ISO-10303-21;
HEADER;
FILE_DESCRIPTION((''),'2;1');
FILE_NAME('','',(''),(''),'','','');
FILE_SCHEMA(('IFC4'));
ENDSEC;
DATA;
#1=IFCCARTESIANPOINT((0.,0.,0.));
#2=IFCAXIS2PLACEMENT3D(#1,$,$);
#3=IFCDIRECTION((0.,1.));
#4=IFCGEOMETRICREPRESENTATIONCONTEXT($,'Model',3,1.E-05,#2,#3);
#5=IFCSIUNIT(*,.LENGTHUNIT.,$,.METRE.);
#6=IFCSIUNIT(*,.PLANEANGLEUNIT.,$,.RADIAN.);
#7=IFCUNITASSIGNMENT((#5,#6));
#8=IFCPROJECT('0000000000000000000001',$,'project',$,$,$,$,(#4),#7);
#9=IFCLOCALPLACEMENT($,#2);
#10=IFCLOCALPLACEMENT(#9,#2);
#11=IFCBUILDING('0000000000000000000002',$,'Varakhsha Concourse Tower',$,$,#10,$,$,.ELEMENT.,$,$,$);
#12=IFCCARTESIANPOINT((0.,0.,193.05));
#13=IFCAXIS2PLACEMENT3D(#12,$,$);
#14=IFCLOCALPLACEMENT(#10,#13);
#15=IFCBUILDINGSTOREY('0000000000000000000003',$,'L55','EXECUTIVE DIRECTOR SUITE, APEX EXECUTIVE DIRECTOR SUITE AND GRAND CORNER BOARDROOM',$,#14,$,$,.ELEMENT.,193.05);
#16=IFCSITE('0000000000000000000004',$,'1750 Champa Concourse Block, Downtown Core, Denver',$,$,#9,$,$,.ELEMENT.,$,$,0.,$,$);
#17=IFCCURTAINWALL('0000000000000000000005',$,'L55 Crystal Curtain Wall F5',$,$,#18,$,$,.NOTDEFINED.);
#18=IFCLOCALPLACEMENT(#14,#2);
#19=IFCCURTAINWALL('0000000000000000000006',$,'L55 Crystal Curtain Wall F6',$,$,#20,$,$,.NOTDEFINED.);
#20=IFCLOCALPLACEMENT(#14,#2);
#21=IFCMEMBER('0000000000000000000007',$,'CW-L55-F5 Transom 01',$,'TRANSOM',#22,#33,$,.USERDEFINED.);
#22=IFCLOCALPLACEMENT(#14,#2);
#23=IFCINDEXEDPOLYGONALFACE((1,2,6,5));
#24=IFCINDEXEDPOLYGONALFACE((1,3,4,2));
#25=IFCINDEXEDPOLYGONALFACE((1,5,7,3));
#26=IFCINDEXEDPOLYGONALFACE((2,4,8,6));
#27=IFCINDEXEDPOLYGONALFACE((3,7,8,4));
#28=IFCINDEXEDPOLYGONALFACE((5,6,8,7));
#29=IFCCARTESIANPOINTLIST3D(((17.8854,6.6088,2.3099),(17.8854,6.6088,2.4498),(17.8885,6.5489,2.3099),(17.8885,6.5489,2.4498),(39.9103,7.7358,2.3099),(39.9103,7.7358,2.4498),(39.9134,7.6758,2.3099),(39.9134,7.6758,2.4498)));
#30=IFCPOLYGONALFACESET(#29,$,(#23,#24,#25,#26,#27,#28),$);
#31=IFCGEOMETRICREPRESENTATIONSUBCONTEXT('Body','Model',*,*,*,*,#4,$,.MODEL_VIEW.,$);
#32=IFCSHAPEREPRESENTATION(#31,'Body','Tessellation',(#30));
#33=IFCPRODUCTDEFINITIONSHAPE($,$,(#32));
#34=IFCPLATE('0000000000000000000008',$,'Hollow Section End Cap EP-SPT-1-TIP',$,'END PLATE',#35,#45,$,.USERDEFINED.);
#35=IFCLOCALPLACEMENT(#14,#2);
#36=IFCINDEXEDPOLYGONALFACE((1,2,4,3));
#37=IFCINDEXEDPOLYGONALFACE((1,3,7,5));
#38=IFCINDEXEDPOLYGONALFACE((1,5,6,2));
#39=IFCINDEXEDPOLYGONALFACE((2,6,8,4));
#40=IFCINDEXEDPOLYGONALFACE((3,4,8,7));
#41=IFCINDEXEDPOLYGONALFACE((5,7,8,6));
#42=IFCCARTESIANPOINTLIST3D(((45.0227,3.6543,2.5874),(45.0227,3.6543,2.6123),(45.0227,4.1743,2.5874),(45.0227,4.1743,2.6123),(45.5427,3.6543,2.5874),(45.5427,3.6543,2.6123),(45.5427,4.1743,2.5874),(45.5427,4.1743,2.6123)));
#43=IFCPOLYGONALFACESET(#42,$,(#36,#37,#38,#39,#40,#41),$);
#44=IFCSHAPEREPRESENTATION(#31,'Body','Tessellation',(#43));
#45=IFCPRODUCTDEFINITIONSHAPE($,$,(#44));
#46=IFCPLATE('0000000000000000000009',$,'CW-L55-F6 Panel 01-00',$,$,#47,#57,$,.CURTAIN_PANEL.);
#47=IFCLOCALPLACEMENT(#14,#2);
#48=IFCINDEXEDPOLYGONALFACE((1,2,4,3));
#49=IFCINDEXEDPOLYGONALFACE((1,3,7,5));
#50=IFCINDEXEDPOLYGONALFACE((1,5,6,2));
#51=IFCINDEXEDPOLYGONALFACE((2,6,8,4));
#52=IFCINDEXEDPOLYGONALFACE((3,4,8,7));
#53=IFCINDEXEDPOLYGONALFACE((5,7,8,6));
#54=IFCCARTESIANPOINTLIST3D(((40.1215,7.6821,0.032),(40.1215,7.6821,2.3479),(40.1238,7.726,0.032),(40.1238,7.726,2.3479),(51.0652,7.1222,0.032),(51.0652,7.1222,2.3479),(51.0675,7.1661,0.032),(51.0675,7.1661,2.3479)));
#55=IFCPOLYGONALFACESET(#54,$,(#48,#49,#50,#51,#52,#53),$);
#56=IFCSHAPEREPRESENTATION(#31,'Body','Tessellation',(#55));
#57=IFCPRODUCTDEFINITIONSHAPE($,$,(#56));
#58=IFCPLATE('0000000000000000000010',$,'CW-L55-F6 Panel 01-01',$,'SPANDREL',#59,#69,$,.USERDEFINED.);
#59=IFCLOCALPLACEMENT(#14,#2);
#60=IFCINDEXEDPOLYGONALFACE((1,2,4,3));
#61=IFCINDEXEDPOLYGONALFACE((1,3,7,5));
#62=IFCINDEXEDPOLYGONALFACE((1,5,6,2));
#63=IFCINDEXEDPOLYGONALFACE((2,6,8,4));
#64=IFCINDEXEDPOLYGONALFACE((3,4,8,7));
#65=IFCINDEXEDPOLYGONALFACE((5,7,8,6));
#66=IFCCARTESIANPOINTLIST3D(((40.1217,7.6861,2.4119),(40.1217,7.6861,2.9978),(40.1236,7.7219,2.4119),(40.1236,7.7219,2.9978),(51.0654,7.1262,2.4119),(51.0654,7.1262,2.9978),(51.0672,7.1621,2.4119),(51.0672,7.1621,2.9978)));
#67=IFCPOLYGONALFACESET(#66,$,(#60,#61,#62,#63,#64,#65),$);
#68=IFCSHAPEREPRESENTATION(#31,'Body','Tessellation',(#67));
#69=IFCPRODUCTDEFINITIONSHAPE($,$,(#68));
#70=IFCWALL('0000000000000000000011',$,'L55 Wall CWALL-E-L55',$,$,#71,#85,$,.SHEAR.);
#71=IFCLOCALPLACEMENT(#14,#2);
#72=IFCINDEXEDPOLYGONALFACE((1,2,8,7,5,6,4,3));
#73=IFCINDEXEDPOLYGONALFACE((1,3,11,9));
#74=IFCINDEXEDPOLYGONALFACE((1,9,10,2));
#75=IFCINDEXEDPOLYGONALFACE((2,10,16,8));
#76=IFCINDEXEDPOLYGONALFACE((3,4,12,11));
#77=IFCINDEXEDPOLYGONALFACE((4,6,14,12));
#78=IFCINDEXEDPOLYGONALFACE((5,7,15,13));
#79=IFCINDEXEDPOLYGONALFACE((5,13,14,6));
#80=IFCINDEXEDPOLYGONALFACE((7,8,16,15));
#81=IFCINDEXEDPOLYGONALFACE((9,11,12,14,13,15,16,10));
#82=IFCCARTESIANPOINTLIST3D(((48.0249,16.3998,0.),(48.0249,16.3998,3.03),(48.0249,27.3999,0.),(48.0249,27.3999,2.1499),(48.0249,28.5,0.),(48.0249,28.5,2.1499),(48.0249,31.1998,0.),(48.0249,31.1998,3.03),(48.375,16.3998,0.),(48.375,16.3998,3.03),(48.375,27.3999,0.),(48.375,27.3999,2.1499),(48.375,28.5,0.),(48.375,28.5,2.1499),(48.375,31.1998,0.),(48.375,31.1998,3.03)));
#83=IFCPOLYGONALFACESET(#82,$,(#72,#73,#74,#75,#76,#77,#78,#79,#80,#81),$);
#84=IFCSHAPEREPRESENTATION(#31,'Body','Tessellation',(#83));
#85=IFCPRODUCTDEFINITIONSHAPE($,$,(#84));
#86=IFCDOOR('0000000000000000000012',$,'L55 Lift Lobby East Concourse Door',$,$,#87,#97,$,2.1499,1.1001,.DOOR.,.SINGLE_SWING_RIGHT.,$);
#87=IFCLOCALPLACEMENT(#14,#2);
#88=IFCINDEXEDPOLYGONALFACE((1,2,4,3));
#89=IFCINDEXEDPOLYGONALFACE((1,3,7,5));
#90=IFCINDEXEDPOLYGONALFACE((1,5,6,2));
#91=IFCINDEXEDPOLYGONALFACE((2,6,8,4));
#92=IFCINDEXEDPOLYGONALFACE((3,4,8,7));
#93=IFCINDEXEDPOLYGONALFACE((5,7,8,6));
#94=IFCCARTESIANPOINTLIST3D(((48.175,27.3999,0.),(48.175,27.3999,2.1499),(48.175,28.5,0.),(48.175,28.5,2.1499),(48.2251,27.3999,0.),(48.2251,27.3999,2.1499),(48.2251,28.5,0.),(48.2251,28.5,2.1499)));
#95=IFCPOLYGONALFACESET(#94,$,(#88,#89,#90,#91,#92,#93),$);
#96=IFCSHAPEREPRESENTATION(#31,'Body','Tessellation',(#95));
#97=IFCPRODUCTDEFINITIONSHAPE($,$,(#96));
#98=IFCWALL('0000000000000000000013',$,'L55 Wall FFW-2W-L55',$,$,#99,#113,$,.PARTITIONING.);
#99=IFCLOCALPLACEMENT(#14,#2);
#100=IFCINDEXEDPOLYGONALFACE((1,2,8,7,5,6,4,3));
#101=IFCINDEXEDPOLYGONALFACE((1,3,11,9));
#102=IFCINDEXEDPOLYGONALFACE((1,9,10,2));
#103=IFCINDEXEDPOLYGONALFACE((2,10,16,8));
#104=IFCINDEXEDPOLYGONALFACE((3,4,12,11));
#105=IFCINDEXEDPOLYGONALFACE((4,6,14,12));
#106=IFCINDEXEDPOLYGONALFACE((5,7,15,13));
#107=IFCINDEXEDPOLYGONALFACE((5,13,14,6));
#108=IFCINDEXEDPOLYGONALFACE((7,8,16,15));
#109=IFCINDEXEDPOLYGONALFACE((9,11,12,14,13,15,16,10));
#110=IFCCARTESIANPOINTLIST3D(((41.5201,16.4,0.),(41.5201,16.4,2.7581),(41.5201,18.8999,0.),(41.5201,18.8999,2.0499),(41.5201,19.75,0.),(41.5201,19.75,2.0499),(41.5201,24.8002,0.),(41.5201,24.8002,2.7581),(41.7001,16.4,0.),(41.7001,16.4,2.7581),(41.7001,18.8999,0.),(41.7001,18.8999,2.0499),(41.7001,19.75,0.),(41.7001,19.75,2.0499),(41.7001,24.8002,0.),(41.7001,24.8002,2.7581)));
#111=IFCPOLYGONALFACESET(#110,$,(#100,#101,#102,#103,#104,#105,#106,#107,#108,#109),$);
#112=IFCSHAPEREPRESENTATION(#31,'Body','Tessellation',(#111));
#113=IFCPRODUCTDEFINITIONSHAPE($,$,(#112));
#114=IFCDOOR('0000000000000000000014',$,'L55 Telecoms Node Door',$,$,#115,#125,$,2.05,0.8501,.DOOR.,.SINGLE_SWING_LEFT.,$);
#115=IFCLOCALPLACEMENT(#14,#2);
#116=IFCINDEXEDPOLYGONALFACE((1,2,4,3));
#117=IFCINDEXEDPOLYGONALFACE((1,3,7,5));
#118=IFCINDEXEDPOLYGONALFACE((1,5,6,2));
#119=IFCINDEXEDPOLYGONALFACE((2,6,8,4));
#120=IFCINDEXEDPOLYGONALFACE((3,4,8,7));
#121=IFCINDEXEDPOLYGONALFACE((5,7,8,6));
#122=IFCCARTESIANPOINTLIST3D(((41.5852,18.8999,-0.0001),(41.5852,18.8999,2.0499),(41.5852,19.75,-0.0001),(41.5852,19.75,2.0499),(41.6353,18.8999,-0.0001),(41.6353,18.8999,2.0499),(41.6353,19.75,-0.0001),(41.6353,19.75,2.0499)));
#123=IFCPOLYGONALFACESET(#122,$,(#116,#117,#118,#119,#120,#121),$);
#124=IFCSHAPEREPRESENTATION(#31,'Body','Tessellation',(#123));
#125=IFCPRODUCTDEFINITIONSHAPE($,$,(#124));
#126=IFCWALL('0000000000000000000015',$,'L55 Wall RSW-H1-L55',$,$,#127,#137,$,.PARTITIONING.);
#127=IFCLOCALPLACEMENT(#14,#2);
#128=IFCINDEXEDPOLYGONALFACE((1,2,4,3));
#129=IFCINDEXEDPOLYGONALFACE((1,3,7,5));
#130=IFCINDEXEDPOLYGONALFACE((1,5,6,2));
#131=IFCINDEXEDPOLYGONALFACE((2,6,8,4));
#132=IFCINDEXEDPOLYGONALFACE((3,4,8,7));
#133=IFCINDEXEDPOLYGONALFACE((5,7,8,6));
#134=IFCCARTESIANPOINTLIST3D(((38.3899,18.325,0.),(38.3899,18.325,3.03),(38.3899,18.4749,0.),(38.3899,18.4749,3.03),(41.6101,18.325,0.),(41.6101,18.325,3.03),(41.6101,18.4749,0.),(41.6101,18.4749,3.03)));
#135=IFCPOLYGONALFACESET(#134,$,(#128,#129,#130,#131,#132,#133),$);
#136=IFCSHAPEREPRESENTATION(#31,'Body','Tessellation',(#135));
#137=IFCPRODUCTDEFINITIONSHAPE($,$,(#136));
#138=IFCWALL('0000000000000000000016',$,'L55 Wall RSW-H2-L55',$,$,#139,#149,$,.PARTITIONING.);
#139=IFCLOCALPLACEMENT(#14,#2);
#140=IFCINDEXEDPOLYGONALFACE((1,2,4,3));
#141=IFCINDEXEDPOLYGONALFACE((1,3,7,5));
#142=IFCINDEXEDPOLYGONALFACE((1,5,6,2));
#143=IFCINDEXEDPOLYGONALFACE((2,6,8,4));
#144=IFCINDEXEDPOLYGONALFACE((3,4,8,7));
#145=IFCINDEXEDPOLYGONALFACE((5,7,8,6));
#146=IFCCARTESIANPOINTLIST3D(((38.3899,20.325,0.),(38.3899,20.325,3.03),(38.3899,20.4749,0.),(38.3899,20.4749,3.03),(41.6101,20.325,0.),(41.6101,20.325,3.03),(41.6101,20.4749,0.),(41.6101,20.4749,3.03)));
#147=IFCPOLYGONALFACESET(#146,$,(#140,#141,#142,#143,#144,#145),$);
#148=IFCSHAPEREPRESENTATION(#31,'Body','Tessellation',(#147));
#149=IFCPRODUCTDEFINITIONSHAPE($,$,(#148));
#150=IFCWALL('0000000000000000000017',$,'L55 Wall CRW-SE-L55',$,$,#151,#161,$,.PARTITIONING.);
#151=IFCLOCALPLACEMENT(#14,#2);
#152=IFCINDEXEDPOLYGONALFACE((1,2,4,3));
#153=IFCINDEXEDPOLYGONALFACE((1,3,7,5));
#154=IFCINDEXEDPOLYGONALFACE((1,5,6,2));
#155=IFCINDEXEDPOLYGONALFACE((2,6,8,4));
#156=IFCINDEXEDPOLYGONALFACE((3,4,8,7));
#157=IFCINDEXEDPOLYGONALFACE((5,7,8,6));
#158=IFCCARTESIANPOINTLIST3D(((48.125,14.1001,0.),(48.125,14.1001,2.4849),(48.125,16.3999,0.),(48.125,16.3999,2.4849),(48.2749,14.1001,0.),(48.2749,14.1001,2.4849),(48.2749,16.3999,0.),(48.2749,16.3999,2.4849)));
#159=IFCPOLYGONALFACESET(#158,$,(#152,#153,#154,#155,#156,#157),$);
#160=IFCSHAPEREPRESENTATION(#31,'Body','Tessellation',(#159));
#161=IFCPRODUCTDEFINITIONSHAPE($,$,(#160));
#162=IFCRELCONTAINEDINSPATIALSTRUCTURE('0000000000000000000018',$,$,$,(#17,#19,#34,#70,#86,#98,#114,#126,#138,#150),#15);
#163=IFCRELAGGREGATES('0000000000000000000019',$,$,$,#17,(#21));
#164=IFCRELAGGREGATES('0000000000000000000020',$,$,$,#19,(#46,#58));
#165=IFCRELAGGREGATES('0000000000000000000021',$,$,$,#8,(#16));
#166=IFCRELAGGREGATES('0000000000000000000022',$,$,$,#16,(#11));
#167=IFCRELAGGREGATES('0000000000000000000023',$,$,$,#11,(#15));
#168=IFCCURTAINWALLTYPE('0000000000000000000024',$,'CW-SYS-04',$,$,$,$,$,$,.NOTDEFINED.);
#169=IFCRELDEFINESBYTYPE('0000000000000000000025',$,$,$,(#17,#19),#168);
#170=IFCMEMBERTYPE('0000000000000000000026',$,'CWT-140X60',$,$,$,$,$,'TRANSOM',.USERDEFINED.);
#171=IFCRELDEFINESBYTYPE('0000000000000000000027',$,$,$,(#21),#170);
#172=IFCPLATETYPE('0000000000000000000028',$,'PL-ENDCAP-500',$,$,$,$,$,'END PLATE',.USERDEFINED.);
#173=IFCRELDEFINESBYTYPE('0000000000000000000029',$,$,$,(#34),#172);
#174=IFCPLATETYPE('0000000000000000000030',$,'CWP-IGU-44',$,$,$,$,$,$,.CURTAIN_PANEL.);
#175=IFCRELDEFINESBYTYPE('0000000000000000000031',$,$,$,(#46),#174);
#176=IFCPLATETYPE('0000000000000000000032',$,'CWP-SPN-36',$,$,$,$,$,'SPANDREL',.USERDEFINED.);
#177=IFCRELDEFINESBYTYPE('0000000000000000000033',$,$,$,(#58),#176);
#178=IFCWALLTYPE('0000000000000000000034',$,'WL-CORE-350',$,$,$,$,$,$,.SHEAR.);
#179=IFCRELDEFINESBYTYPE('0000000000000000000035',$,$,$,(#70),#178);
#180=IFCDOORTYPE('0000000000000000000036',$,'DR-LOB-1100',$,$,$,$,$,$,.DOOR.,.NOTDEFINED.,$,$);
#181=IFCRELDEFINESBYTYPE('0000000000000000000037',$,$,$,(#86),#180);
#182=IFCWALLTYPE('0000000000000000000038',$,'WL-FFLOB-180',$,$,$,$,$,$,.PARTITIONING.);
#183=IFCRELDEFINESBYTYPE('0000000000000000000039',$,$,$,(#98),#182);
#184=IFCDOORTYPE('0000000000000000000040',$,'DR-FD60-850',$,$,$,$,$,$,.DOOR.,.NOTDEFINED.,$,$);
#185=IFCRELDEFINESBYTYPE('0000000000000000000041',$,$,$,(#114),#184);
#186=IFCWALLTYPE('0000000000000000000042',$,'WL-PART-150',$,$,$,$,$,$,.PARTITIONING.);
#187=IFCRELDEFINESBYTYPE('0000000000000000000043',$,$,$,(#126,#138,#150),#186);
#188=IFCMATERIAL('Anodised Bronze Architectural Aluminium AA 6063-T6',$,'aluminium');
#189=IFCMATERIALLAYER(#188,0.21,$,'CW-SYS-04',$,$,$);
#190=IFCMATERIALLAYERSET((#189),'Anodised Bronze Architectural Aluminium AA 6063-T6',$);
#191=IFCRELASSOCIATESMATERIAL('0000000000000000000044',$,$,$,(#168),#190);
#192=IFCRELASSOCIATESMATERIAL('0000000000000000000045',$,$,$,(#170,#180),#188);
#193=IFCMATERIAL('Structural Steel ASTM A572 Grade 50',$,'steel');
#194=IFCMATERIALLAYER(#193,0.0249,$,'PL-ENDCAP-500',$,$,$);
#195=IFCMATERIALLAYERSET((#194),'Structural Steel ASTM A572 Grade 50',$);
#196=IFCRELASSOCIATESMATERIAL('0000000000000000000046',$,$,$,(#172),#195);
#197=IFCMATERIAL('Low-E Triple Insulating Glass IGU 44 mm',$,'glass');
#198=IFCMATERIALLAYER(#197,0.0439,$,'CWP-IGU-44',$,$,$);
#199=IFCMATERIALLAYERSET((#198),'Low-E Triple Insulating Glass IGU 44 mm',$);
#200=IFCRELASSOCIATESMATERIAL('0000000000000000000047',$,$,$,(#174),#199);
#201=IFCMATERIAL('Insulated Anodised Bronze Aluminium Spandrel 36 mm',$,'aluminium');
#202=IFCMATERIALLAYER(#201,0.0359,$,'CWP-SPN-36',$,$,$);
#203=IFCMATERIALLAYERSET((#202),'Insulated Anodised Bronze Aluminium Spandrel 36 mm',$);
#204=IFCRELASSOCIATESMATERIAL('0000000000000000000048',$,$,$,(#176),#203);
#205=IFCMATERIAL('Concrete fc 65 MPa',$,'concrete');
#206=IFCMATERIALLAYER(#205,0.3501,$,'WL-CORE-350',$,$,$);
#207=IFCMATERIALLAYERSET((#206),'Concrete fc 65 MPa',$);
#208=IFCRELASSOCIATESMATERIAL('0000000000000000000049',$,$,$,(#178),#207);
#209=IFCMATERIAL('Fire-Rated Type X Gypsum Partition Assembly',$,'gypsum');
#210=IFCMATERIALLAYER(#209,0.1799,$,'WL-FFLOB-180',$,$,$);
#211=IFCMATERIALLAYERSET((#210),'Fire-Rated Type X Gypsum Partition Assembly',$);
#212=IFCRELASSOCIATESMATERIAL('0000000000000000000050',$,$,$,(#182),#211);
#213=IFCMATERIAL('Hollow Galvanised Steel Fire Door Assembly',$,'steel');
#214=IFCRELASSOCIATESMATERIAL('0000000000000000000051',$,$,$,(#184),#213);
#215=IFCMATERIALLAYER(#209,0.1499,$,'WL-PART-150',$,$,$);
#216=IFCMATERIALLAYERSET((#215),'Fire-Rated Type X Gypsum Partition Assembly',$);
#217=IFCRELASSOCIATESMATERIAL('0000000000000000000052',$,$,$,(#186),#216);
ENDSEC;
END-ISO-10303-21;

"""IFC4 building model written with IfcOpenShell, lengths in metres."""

from ifc_helpers import new_model, si_unit, direction, frame, frame_2d, origin, origin_2d, place, context, subcontext, project, spatial, rectangle, extrude, source, transform, mapped, material, layer, layer_set, material_profile, profile_set, type_object, type_shapes, element, fill, aggregate, save


model = new_model("IFC4")

# Units and contexts
model_context = context("Model", 3, precision=1e-05, world=origin(), true_north=direction((0.0, 1.0)))
body_context = subcontext(model_context, "Body", "Model", "MODEL_VIEW")
ifc_project = project(units=[si_unit("LENGTHUNIT", "METRE"), si_unit("PLANEANGLEUNIT", "RADIAN")], contexts=[model_context])

# Site, building, storey
site_placement = place(None, origin())
site = spatial("IfcSite", under=ifc_project, at=site_placement, Name="1750 Champa Concourse Block, Downtown Core, Denver", CompositionType="ELEMENT", RefElevation=0.0)
building_placement = place(site_placement, origin())
building = spatial("IfcBuilding", under=site, at=building_placement, Name="Varakhsha Concourse Tower", CompositionType="ELEMENT")
storey_placement = place(building_placement, frame((0.0, 0.0, 193.05)))
storey = spatial("IfcBuildingStorey", under=building, at=storey_placement, Name="L55", Description="EXECUTIVE DIRECTOR SUITE, APEX EXECUTIVE DIRECTOR SUITE AND GRAND CORNER BOARDROOM", CompositionType="ELEMENT", Elevation=193.05)

# Shared definitions
ifc_material_1 = material(Name="Concrete fc 65 MPa", Category="concrete")
ifc_material_2 = material(Name="Structural Steel ASTM A572 Grade 50", Category="steel")

# Curtain wall
ifc_material_3 = material(Name="Anodised Bronze Architectural Aluminium AA 6063-T6", Category="aluminium")
ifc_layer_1 = layer(ifc_material_3, 0.21, Name="CW-SYS-04")
ifc_layer_set_1 = layer_set([ifc_layer_1], Name="Anodised Bronze Architectural Aluminium AA 6063-T6")
curtain_wall_type = type_object("IfcCurtainWallType", Name="CW-SYS-04", PredefinedType="NOTDEFINED", material=ifc_layer_set_1)
curtain_wall_1_placement = place(storey_placement, origin())
curtain_wall_1 = element("IfcCurtainWall", 1, at=curtain_wall_1_placement, inside=storey, type_object=curtain_wall_type, Name="L55 Crystal Curtain Wall F5", PredefinedType="NOTDEFINED")

# Curtain wall
curtain_wall_2_placement = place(storey_placement, origin())
curtain_wall_2 = element("IfcCurtainWall", 2, at=curtain_wall_2_placement, inside=storey, type_object=curtain_wall_type, Name="L55 Crystal Curtain Wall F6", PredefinedType="NOTDEFINED")

# Member
ifc_material_profile_1 = material_profile(ifc_material_3, rectangle(XDim=0.0601, YDim=0.1399, at=origin_2d()), Name="CWT-140X60")
ifc_profile_set_1 = profile_set([ifc_material_profile_1], Name="Anodised Bronze Architectural Aluminium AA 6063-T6")
member_type_1 = type_object("IfcMemberType", Name="CWT-140X60", ElementType="TRANSOM", PredefinedType="USERDEFINED", material=ifc_profile_set_1)
shared_shape_1 = source(origin(), body_context, "Body", "SweptSolid", [
    extrude(rectangle(XDim=0.0601, YDim=0.1399, at=origin_2d()), origin(), (0.0, 0.0, 1.0), 22.0537),
])
type_shapes(member_type_1, [shared_shape_1])
member_1_placement = place(storey_placement, frame((39.9119, 7.7058, 2.3799), z_axis=(-0.998694, -0.0511, 0.0), x_axis=(0.0511, -0.998694, 0.0)))
member_1 = element("IfcMember", 3, at=member_1_placement, type_object=member_type_1, Name="CW-L55-F5 Transom 01", ObjectType="TRANSOM", PredefinedType="USERDEFINED", context=body_context, shape_type="MappedRepresentation", body=[
    mapped(shared_shape_1, transform((0.0, 0.0, 0.0), scale=1.0)),
])
aggregate(curtain_wall_1, [member_1])

# Plates
ifc_layer_2 = layer(ifc_material_2, 0.0249, Name="PL-ENDCAP-500")
ifc_layer_set_2 = layer_set([ifc_layer_2], Name="Structural Steel ASTM A572 Grade 50")
plate_type_1 = type_object("IfcPlateType", Name="PL-ENDCAP-500", ElementType="END PLATE", PredefinedType="USERDEFINED", material=ifc_layer_set_2)
shared_shape_2 = source(origin(), body_context, "Body", "SweptSolid", [
    extrude(rectangle(XDim=0.52, YDim=0.52, at=origin_2d()), origin(), (0.0, 0.0, 1.0), 0.0249),
])
type_shapes(plate_type_1, [shared_shape_2])
plate_1_placement = place(storey_placement, frame((45.2827, 3.9143, 2.5874), z_axis=(0.0, 0.0, 1.0), x_axis=(1.0, 0.0, 0.0)))
element("IfcPlate", 4, at=plate_1_placement, inside=storey, type_object=plate_type_1, Name="Hollow Section End Cap EP-SPT-1-TIP", ObjectType="END PLATE", PredefinedType="USERDEFINED", context=body_context, shape_type="MappedRepresentation", body=[
    mapped(shared_shape_2, transform((0.0, 0.0, 0.0), scale=1.0)),
])
ifc_material_4 = material(Name="Low-E Triple Insulating Glass IGU 44 mm", Category="glass")
ifc_layer_3 = layer(ifc_material_4, 0.0439, Name="CWP-IGU-44")
ifc_layer_set_3 = layer_set([ifc_layer_3], Name="Low-E Triple Insulating Glass IGU 44 mm")
plate_type_2 = type_object("IfcPlateType", Name="CWP-IGU-44", PredefinedType="CURTAIN_PANEL", material=ifc_layer_set_3)
shared_shape_3 = source(origin(), body_context, "Body", "SweptSolid", [
    extrude(rectangle(XDim=10.958, YDim=0.0439, at=origin_2d()), origin(), (0.0, 0.0, 1.0), 2.3159),
])
type_shapes(plate_type_2, [shared_shape_3])
plate_2_placement = place(storey_placement, frame((45.5945, 7.4241, 0.032), z_axis=(0.0, 0.0, 1.0), x_axis=(-0.998694, 0.051093, 0.0)))
plate_2 = element("IfcPlate", 5, at=plate_2_placement, type_object=plate_type_2, Name="CW-L55-F6 Panel 01-00", PredefinedType="CURTAIN_PANEL", context=body_context, shape_type="MappedRepresentation", body=[
    mapped(shared_shape_3, transform((0.0, 0.0, 0.0), scale=1.0)),
])
ifc_material_5 = material(Name="Insulated Anodised Bronze Aluminium Spandrel 36 mm", Category="aluminium")
ifc_layer_4 = layer(ifc_material_5, 0.0359, Name="CWP-SPN-36")
ifc_layer_set_4 = layer_set([ifc_layer_4], Name="Insulated Anodised Bronze Aluminium Spandrel 36 mm")
plate_type_3 = type_object("IfcPlateType", Name="CWP-SPN-36", ElementType="SPANDREL", PredefinedType="USERDEFINED", material=ifc_layer_set_4)
shared_shape_4 = source(origin(), body_context, "Body", "SweptSolid", [
    extrude(rectangle(XDim=10.958, YDim=0.0359, at=origin_2d()), origin(), (0.0, 0.0, 1.0), 0.5859),
])
type_shapes(plate_type_3, [shared_shape_4])
plate_3_placement = place(storey_placement, frame((45.5945, 7.4241, 2.4119), z_axis=(0.0, 0.0, 1.0), x_axis=(-0.998694, 0.051093, 0.0)))
plate_3 = element("IfcPlate", 6, at=plate_3_placement, type_object=plate_type_3, Name="CW-L55-F6 Panel 01-01", ObjectType="SPANDREL", PredefinedType="USERDEFINED", context=body_context, shape_type="MappedRepresentation", body=[
    mapped(shared_shape_4, transform((0.0, 0.0, 0.0), scale=1.0)),
])
aggregate(curtain_wall_2, [plate_2, plate_3])

# Walls, openings, doors
ifc_layer_5 = layer(ifc_material_1, 0.3501, Name="WL-CORE-350")
ifc_layer_set_5 = layer_set([ifc_layer_5], Name="Concrete fc 65 MPa")
wall_type_1 = type_object("IfcWallType", Name="WL-CORE-350", PredefinedType="SHEAR", material=ifc_layer_set_5)
wall_1_placement = place(storey_placement, frame((48.2, 16.3999, 0.0), z_axis=(0.0, 0.0, 1.0), x_axis=(0.0, 1.0, 0.0)))
wall_1 = element("IfcWall", 7, at=wall_1_placement, inside=storey, type_object=wall_type_1, Name="L55 Wall CWALL-E-L55", PredefinedType="SHEAR", context=body_context, shape_type="SweptSolid", body=[
    extrude(rectangle(XDim=14.8, YDim=0.3501, at=frame_2d((7.3999, 0.0))), origin(), (0.0, 0.0, 1.0), 3.03),
])
opening_1_placement = place(wall_1_placement, frame((11.0, 0.0, 0.0)))
opening_1 = element("IfcOpeningElement", 8, at=opening_1_placement, cuts=wall_1, PredefinedType="OPENING", context=body_context, shape_type="SweptSolid", body=[
    extrude(rectangle(XDim=1.1001, YDim=2.1499, at=frame_2d((0.55, 1.075))), frame((0.0, 0.1851, 0.0), z_axis=(0.0, -1.0, 0.0), x_axis=(1.0, 0.0, 0.0)), (0.0, 0.0, 1.0), 0.3701),
])
door_type_1 = type_object("IfcDoorType", Name="DR-LOB-1100", OperationType="NOTDEFINED", PredefinedType="DOOR", material=ifc_material_3)
door_1_placement = place(opening_1_placement, origin())
door_1 = element("IfcDoor", 9, at=door_1_placement, inside=storey, type_object=door_type_1, Name="L55 Lift Lobby East Concourse Door", OperationType="SINGLE_SWING_RIGHT", OverallHeight=2.1499, OverallWidth=1.1001, PredefinedType="DOOR", context=body_context, shape_type="SweptSolid", body=[
    extrude(rectangle(XDim=1.1001, YDim=2.1499, at=frame_2d((0.55, 1.075))), frame((0.0, 0.0249, 0.0), z_axis=(0.0, -1.0, 0.0), x_axis=(1.0, 0.0, 0.0)), (0.0, 0.0, 1.0), 0.05),
])
fill(opening_1, door_1)
ifc_material_6 = material(Name="Fire-Rated Type X Gypsum Partition Assembly", Category="gypsum")
ifc_layer_6 = layer(ifc_material_6, 0.1799, Name="WL-FFLOB-180")
ifc_layer_set_6 = layer_set([ifc_layer_6], Name="Fire-Rated Type X Gypsum Partition Assembly")
wall_type_2 = type_object("IfcWallType", Name="WL-FFLOB-180", PredefinedType="PARTITIONING", material=ifc_layer_set_6)
wall_2_placement = place(storey_placement, frame((41.6101, 16.3999, 0.0), z_axis=(0.0, 0.0, 1.0), x_axis=(0.0, 1.0, 0.0)))
wall_2 = element("IfcWall", 10, at=wall_2_placement, inside=storey, type_object=wall_type_2, Name="L55 Wall FFW-2W-L55", PredefinedType="PARTITIONING", context=body_context, shape_type="SweptSolid", body=[
    extrude(rectangle(XDim=8.4001, YDim=0.1799, at=frame_2d((4.2002, 0.0))), origin(), (0.0, 0.0, 1.0), 2.7581),
])
opening_2_placement = place(wall_2_placement, frame((2.5, 0.0, 0.0)))
opening_2 = element("IfcOpeningElement", 11, at=opening_2_placement, cuts=wall_2, PredefinedType="OPENING", context=body_context, shape_type="SweptSolid", body=[
    extrude(rectangle(XDim=0.8501, YDim=2.05, at=frame_2d((0.425, 1.0249))), frame((0.0, 0.0999, 0.0), z_axis=(0.0, -1.0, 0.0), x_axis=(1.0, 0.0, 0.0)), (0.0, 0.0, 1.0), 0.2),
])
ifc_material_7 = material(Name="Hollow Galvanised Steel Fire Door Assembly", Category="steel")
door_type_2 = type_object("IfcDoorType", Name="DR-FD60-850", OperationType="NOTDEFINED", PredefinedType="DOOR", material=ifc_material_7)
door_2_placement = place(opening_2_placement, origin())
door_2 = element("IfcDoor", 12, at=door_2_placement, inside=storey, type_object=door_type_2, Name="L55 Telecoms Node Door", OperationType="SINGLE_SWING_LEFT", OverallHeight=2.05, OverallWidth=0.8501, PredefinedType="DOOR", context=body_context, shape_type="SweptSolid", body=[
    extrude(rectangle(XDim=0.8501, YDim=2.05, at=frame_2d((0.425, 1.0249))), frame((0.0, 0.0249, 0.0), z_axis=(0.0, -1.0, 0.0), x_axis=(1.0, 0.0, 0.0)), (0.0, 0.0, 1.0), 0.05),
])
fill(opening_2, door_2)

# Walls
ifc_layer_7 = layer(ifc_material_6, 0.1499, Name="WL-PART-150")
ifc_layer_set_7 = layer_set([ifc_layer_7], Name="Fire-Rated Type X Gypsum Partition Assembly")
wall_type_3 = type_object("IfcWallType", Name="WL-PART-150", PredefinedType="PARTITIONING", material=ifc_layer_set_7)
for number, where, z_axis, x_axis, name in (
    (13, (38.3899, 18.3999, 0.0), (0.0, 0.0, 1.0), (1.0, 0.0, 0.0), "L55 Wall RSW-H1-L55"),
    (14, (38.3899, 20.3999, 0.0), (0.0, 0.0, 1.0), (1.0, 0.0, 0.0), "L55 Wall RSW-H2-L55"),
):
    element("IfcWall", number, at=place(storey_placement, frame(where, z_axis=z_axis, x_axis=x_axis)), inside=storey, type_object=wall_type_3, Name=name, PredefinedType="PARTITIONING", context=body_context, shape_type="SweptSolid", body=[
        extrude(rectangle(XDim=3.2202, YDim=0.1499, at=frame_2d((1.6101, 0.0))), origin(), (0.0, 0.0, 1.0), 3.03),
    ])
wall_3_placement = place(storey_placement, frame((48.2, 14.1001, 0.0), z_axis=(0.0, 0.0, 1.0), x_axis=(0.0, 1.0, 0.0)))
element("IfcWall", 15, at=wall_3_placement, inside=storey, type_object=wall_type_3, Name="L55 Wall CRW-SE-L55", PredefinedType="PARTITIONING", context=body_context, shape_type="SweptSolid", body=[
    extrude(rectangle(XDim=2.2998, YDim=0.1499, at=frame_2d((1.1499, 0.0))), origin(), (0.0, 0.0, 1.0), 2.4849),
])

save(model, "model.ifc")
